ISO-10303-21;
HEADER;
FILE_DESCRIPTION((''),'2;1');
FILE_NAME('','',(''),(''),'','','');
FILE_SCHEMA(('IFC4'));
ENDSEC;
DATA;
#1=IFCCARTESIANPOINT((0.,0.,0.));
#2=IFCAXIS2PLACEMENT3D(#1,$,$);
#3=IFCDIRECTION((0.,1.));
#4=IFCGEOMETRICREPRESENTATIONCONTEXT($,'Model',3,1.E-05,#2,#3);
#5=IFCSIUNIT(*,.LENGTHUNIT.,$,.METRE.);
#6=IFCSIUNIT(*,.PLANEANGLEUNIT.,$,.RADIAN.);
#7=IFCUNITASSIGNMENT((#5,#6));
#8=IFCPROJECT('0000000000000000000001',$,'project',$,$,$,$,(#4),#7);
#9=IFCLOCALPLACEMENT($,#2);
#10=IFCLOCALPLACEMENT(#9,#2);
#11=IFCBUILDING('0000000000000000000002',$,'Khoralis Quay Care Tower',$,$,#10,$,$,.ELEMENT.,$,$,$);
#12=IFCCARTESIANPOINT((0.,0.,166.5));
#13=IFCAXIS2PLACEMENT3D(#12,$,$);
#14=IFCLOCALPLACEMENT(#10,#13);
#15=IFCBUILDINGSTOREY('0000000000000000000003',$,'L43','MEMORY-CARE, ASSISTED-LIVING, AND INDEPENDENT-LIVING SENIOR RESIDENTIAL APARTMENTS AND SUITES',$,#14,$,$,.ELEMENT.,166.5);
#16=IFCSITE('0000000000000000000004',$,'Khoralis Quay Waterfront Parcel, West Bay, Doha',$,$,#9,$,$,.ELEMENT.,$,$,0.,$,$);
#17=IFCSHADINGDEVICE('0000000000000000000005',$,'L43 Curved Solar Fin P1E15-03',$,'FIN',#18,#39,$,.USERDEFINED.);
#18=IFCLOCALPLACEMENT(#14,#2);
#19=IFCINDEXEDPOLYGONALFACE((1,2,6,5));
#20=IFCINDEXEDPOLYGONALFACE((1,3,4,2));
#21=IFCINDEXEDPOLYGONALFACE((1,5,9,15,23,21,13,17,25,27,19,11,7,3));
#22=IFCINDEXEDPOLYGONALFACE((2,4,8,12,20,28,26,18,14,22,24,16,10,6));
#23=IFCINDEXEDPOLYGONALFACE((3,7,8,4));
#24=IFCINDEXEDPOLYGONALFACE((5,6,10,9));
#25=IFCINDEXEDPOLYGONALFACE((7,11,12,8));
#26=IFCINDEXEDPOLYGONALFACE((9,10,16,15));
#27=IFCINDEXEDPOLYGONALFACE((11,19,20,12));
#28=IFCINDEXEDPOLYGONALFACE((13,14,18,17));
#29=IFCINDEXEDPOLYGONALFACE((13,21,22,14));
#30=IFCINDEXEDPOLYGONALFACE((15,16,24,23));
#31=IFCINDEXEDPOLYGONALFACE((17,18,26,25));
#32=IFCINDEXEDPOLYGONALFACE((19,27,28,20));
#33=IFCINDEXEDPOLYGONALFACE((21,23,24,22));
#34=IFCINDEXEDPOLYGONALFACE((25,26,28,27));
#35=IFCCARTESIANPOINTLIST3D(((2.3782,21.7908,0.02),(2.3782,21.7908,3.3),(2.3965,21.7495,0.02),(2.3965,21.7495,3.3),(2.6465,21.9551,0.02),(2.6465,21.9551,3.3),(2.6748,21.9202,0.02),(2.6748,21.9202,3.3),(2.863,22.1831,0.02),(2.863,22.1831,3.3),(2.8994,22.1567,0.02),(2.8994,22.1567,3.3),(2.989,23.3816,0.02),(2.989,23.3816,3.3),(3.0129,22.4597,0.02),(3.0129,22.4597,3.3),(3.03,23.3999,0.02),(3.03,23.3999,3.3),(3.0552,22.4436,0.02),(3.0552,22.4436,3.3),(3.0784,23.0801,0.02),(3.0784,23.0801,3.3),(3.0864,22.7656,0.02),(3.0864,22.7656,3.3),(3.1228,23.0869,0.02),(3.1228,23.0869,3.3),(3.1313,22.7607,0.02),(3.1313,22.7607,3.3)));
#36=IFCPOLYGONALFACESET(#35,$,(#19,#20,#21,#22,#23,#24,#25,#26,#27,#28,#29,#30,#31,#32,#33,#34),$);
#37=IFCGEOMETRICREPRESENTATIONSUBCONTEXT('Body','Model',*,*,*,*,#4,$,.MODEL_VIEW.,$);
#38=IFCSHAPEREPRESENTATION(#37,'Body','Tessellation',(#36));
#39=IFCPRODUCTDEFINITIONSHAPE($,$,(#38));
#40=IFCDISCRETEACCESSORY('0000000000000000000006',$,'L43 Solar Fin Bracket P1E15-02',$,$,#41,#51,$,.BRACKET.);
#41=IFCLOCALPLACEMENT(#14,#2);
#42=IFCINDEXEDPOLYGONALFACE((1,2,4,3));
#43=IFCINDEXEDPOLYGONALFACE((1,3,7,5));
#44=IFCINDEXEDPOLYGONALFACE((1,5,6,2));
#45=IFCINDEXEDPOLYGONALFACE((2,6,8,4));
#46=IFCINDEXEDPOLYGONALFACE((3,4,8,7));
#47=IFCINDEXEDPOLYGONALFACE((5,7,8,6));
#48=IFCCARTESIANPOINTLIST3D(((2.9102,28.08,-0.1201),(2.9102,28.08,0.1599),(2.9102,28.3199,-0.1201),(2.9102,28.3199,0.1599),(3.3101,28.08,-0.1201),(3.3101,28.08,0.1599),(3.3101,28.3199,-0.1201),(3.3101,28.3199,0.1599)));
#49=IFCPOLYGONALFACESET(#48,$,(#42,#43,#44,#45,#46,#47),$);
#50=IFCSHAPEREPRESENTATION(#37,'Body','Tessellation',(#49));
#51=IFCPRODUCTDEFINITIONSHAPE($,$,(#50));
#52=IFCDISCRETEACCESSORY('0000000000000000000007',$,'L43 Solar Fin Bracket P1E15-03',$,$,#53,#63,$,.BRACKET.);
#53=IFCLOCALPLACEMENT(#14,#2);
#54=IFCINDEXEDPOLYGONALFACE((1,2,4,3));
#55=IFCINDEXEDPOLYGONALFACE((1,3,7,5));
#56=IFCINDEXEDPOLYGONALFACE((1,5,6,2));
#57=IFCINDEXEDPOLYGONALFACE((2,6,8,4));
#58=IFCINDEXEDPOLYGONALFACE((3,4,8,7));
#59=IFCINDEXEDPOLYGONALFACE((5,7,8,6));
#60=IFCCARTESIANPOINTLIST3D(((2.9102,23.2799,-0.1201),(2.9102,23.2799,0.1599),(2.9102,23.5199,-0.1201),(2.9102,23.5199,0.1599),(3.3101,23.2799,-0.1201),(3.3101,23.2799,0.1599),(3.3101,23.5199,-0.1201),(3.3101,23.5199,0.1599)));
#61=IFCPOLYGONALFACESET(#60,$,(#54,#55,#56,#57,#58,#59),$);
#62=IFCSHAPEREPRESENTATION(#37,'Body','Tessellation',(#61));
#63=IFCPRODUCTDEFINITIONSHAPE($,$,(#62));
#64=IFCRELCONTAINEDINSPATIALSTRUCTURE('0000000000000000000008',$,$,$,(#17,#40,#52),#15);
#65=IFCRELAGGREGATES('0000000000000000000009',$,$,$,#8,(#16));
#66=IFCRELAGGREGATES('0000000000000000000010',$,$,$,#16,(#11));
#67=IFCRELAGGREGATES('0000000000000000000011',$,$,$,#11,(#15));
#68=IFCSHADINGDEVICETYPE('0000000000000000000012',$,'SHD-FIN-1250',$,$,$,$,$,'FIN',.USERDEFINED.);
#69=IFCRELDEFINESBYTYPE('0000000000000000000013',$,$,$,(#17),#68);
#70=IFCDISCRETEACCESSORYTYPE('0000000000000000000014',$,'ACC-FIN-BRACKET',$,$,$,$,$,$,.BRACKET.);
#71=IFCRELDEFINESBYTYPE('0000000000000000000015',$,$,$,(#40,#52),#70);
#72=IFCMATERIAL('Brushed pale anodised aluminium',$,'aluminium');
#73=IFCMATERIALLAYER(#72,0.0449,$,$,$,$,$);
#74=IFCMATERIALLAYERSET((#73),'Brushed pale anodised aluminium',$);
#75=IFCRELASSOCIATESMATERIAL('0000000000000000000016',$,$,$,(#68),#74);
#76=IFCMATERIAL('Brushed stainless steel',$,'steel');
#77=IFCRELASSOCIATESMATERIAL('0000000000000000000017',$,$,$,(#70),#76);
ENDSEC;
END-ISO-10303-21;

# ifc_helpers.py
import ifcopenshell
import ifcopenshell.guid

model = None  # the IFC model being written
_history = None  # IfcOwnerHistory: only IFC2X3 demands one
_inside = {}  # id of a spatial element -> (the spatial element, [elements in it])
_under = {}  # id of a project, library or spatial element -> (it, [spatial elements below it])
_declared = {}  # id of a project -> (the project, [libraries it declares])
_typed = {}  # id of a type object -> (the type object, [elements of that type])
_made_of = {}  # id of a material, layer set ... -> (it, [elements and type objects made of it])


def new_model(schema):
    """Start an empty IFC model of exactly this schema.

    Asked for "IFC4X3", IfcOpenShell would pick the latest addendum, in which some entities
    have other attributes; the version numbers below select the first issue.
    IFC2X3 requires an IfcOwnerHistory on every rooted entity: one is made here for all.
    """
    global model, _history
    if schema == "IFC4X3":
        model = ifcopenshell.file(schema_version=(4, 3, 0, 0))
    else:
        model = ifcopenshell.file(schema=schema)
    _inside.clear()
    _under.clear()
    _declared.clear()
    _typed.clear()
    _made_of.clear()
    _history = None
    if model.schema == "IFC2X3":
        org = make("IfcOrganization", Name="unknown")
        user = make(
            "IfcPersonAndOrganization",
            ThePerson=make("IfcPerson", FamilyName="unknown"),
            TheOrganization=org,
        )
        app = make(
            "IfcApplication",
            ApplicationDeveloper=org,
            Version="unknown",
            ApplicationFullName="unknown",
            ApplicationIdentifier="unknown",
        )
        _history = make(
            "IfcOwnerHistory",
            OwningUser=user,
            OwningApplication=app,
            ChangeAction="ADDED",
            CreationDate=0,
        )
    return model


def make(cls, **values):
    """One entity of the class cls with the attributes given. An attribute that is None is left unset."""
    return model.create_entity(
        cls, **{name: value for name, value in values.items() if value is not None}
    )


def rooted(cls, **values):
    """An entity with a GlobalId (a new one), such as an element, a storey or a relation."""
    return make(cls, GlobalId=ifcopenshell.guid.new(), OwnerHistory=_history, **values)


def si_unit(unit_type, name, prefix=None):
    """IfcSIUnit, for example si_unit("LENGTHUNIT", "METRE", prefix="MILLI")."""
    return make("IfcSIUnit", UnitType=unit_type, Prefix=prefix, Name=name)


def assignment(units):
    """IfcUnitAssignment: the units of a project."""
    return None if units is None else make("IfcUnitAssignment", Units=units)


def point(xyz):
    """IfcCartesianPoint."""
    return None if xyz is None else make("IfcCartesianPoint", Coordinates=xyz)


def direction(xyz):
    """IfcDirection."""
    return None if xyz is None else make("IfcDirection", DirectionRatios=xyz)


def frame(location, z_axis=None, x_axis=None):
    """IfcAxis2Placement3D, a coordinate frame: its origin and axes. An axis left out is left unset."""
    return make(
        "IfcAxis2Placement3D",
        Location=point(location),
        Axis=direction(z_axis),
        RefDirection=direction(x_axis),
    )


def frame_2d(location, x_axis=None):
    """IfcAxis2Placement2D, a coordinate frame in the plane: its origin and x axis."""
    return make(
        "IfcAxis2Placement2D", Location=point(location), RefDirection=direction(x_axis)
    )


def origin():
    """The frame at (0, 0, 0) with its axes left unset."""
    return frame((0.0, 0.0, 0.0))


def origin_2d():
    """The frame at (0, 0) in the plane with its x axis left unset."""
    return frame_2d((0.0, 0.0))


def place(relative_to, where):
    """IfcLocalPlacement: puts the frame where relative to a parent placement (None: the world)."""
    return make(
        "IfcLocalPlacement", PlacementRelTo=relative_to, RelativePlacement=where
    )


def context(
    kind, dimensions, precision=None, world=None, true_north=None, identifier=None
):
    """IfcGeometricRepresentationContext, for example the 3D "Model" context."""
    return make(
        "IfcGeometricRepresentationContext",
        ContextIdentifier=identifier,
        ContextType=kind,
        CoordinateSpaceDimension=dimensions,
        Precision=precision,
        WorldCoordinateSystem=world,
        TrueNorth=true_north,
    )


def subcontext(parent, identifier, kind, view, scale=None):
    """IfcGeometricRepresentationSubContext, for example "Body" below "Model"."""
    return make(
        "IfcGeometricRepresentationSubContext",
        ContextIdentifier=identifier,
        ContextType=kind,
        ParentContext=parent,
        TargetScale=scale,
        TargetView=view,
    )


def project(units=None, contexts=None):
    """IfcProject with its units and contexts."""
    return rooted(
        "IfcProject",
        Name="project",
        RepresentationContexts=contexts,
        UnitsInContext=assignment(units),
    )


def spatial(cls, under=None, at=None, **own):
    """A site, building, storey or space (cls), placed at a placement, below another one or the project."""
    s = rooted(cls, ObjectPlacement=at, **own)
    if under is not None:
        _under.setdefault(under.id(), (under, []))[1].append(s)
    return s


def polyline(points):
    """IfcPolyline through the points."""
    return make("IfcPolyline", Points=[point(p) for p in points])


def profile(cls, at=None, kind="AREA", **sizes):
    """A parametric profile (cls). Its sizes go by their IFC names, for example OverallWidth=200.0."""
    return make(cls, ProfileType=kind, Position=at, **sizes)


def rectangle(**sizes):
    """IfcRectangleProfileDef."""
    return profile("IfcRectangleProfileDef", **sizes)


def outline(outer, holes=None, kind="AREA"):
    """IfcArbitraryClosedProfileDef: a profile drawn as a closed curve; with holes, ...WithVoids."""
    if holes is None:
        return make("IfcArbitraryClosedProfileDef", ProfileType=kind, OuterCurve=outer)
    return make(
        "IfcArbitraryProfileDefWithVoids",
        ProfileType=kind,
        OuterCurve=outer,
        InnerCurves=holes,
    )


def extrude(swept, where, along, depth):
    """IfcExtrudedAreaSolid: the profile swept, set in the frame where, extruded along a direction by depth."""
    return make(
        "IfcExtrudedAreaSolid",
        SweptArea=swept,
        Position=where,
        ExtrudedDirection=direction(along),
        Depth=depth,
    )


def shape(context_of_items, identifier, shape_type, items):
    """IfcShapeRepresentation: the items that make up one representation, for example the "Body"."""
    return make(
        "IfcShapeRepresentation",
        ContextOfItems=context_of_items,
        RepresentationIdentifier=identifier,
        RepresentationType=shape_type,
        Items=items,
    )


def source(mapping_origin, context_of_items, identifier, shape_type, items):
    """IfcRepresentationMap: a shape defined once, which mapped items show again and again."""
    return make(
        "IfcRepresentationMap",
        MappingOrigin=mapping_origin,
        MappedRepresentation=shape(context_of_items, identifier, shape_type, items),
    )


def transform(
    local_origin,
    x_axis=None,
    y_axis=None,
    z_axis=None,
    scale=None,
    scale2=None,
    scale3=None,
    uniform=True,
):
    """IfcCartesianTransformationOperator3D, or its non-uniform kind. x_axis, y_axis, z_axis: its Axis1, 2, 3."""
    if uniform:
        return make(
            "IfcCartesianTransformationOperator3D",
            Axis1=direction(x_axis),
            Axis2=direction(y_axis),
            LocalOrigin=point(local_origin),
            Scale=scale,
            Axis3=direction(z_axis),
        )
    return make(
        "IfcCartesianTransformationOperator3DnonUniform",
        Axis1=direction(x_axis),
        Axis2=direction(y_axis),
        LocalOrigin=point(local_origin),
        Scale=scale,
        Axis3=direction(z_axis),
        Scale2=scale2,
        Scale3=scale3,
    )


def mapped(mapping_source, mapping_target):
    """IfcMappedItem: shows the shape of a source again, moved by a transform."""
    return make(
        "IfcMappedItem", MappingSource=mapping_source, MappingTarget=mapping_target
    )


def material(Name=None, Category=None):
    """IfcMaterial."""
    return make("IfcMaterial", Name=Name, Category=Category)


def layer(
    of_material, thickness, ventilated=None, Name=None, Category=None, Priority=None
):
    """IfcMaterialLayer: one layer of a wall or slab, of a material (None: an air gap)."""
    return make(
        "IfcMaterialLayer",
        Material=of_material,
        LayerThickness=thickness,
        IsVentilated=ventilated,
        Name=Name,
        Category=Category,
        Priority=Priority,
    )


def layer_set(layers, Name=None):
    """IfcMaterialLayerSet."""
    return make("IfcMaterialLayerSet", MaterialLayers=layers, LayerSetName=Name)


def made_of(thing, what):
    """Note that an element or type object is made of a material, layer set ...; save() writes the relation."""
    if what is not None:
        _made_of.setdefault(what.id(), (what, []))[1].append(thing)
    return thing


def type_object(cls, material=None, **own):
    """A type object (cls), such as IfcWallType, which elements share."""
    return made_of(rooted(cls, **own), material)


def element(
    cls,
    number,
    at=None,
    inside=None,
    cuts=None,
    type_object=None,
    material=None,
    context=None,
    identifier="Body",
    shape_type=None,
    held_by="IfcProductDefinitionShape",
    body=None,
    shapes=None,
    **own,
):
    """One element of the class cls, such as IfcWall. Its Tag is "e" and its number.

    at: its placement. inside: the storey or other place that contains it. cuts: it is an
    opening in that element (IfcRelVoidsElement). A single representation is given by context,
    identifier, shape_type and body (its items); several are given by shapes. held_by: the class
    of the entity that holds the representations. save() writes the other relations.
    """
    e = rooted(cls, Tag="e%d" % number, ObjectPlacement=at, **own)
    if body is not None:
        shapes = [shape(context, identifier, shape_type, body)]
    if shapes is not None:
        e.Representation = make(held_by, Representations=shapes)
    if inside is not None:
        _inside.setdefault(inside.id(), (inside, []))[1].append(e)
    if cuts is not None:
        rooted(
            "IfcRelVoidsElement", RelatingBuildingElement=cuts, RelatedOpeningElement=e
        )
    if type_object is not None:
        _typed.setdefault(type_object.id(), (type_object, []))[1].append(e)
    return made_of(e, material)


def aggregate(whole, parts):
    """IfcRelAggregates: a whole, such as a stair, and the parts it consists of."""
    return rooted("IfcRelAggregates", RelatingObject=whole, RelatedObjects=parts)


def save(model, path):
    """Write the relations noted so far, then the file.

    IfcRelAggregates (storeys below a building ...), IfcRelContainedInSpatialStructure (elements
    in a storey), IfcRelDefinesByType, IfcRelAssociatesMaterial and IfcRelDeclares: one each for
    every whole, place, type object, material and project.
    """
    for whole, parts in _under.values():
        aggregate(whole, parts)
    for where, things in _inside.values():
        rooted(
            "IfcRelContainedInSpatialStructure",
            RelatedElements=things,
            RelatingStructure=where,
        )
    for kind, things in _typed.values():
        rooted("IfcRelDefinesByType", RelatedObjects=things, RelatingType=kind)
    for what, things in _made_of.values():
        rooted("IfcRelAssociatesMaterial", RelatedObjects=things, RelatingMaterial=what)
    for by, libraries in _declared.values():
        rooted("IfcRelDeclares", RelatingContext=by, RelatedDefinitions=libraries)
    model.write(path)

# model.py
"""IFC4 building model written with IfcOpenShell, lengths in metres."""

from ifc_helpers import new_model, si_unit, direction, frame, origin, origin_2d, place, context, subcontext, project, spatial, polyline, rectangle, outline, extrude, source, transform, mapped, material, layer, layer_set, type_object, element, save


model = new_model("IFC4")

# Units and contexts
model_context = context("Model", 3, precision=1e-05, world=origin(), true_north=direction((0.0, 1.0)))
body_context = subcontext(model_context, "Body", "Model", "MODEL_VIEW")
ifc_project = project(units=[si_unit("LENGTHUNIT", "METRE"), si_unit("PLANEANGLEUNIT", "RADIAN")], contexts=[model_context])

# Site, building, storey
site_placement = place(None, origin())
site = spatial("IfcSite", under=ifc_project, at=site_placement, Name="Khoralis Quay Waterfront Parcel, West Bay, Doha", CompositionType="ELEMENT", RefElevation=0.0)
building_placement = place(site_placement, origin())
building = spatial("IfcBuilding", under=site, at=building_placement, Name="Khoralis Quay Care Tower", CompositionType="ELEMENT")
storey_placement = place(building_placement, frame((0.0, 0.0, 166.5)))
storey = spatial("IfcBuildingStorey", under=building, at=storey_placement, Name="L43", Description="MEMORY-CARE, ASSISTED-LIVING, AND INDEPENDENT-LIVING SENIOR RESIDENTIAL APARTMENTS AND SUITES", CompositionType="ELEMENT", Elevation=166.5)

# Shading device
ifc_material_1 = material(Name="Brushed pale anodised aluminium", Category="aluminium")
ifc_layer_1 = layer(ifc_material_1, 0.0449)
ifc_layer_set_1 = layer_set([ifc_layer_1], Name="Brushed pale anodised aluminium")
shading_device_type = type_object("IfcShadingDeviceType", Name="SHD-FIN-1250", ElementType="FIN", PredefinedType="USERDEFINED", material=ifc_layer_set_1)
shared_shape_1 = source(origin(), body_context, "Body", "SweptSolid", [
    extrude(outline(polyline([(0.0, 0.0), (-0.0928, 0.313), (-0.1013, 0.6392), (-0.0251, 0.9563), (0.1306, 1.2432), (0.3552, 1.4797), (0.6335, 1.6504), (0.6519, 1.6091), (0.3835, 1.4448), (0.167, 1.2168), (0.0171, 0.9402), (-0.0564, 0.6343), (-0.0483, 0.3198), (0.041, 0.0183), (0.0, 0.0)])), origin(), (0.0, 0.0, 1.0), 3.28),
])
for number, where, z_axis, x_axis, name in (
    (1, (3.03, 23.3999, 0.02), (0.0, 0.0, 1.0), (-1.0, 0.0, 0.0), "L43 Curved Solar Fin P1E15-03"),
):
    element("IfcShadingDevice", number, at=place(storey_placement, frame(where, z_axis=z_axis, x_axis=x_axis)), inside=storey, type_object=shading_device_type, Name=name, ObjectType="FIN", PredefinedType="USERDEFINED", context=body_context, shape_type="MappedRepresentation", body=[
        mapped(shared_shape_1, transform((0.0, 0.0, 0.0), scale=1.0)),
    ])

# Discrete accessories
ifc_material_2 = material(Name="Brushed stainless steel", Category="steel")
discrete_accessory_type = type_object("IfcDiscreteAccessoryType", Name="ACC-FIN-BRACKET", PredefinedType="BRACKET", material=ifc_material_2)
shared_shape_2 = source(origin(), body_context, "Body", "SweptSolid", [
    extrude(rectangle(XDim=0.3999, YDim=0.24, at=origin_2d()), origin(), (0.0, 0.0, 1.0), 0.28),
])
for number, where, z_axis, x_axis, name in (
    (2, (3.1101, 28.2, -0.1201), (0.0, 0.0, 1.0), (-1.0, 0.0, 0.0), "L43 Solar Fin Bracket P1E15-02"),
    (3, (3.1101, 23.3999, -0.1201), (0.0, 0.0, 1.0), (-1.0, 0.0, 0.0), "L43 Solar Fin Bracket P1E15-03"),
):
    element("IfcDiscreteAccessory", number, at=place(storey_placement, frame(where, z_axis=z_axis, x_axis=x_axis)), inside=storey, type_object=discrete_accessory_type, Name=name, PredefinedType="BRACKET", context=body_context, shape_type="MappedRepresentation", body=[
        mapped(shared_shape_2, transform((0.0, 0.0, 0.0), scale=1.0)),
    ])

save(model, "model.ifc")
